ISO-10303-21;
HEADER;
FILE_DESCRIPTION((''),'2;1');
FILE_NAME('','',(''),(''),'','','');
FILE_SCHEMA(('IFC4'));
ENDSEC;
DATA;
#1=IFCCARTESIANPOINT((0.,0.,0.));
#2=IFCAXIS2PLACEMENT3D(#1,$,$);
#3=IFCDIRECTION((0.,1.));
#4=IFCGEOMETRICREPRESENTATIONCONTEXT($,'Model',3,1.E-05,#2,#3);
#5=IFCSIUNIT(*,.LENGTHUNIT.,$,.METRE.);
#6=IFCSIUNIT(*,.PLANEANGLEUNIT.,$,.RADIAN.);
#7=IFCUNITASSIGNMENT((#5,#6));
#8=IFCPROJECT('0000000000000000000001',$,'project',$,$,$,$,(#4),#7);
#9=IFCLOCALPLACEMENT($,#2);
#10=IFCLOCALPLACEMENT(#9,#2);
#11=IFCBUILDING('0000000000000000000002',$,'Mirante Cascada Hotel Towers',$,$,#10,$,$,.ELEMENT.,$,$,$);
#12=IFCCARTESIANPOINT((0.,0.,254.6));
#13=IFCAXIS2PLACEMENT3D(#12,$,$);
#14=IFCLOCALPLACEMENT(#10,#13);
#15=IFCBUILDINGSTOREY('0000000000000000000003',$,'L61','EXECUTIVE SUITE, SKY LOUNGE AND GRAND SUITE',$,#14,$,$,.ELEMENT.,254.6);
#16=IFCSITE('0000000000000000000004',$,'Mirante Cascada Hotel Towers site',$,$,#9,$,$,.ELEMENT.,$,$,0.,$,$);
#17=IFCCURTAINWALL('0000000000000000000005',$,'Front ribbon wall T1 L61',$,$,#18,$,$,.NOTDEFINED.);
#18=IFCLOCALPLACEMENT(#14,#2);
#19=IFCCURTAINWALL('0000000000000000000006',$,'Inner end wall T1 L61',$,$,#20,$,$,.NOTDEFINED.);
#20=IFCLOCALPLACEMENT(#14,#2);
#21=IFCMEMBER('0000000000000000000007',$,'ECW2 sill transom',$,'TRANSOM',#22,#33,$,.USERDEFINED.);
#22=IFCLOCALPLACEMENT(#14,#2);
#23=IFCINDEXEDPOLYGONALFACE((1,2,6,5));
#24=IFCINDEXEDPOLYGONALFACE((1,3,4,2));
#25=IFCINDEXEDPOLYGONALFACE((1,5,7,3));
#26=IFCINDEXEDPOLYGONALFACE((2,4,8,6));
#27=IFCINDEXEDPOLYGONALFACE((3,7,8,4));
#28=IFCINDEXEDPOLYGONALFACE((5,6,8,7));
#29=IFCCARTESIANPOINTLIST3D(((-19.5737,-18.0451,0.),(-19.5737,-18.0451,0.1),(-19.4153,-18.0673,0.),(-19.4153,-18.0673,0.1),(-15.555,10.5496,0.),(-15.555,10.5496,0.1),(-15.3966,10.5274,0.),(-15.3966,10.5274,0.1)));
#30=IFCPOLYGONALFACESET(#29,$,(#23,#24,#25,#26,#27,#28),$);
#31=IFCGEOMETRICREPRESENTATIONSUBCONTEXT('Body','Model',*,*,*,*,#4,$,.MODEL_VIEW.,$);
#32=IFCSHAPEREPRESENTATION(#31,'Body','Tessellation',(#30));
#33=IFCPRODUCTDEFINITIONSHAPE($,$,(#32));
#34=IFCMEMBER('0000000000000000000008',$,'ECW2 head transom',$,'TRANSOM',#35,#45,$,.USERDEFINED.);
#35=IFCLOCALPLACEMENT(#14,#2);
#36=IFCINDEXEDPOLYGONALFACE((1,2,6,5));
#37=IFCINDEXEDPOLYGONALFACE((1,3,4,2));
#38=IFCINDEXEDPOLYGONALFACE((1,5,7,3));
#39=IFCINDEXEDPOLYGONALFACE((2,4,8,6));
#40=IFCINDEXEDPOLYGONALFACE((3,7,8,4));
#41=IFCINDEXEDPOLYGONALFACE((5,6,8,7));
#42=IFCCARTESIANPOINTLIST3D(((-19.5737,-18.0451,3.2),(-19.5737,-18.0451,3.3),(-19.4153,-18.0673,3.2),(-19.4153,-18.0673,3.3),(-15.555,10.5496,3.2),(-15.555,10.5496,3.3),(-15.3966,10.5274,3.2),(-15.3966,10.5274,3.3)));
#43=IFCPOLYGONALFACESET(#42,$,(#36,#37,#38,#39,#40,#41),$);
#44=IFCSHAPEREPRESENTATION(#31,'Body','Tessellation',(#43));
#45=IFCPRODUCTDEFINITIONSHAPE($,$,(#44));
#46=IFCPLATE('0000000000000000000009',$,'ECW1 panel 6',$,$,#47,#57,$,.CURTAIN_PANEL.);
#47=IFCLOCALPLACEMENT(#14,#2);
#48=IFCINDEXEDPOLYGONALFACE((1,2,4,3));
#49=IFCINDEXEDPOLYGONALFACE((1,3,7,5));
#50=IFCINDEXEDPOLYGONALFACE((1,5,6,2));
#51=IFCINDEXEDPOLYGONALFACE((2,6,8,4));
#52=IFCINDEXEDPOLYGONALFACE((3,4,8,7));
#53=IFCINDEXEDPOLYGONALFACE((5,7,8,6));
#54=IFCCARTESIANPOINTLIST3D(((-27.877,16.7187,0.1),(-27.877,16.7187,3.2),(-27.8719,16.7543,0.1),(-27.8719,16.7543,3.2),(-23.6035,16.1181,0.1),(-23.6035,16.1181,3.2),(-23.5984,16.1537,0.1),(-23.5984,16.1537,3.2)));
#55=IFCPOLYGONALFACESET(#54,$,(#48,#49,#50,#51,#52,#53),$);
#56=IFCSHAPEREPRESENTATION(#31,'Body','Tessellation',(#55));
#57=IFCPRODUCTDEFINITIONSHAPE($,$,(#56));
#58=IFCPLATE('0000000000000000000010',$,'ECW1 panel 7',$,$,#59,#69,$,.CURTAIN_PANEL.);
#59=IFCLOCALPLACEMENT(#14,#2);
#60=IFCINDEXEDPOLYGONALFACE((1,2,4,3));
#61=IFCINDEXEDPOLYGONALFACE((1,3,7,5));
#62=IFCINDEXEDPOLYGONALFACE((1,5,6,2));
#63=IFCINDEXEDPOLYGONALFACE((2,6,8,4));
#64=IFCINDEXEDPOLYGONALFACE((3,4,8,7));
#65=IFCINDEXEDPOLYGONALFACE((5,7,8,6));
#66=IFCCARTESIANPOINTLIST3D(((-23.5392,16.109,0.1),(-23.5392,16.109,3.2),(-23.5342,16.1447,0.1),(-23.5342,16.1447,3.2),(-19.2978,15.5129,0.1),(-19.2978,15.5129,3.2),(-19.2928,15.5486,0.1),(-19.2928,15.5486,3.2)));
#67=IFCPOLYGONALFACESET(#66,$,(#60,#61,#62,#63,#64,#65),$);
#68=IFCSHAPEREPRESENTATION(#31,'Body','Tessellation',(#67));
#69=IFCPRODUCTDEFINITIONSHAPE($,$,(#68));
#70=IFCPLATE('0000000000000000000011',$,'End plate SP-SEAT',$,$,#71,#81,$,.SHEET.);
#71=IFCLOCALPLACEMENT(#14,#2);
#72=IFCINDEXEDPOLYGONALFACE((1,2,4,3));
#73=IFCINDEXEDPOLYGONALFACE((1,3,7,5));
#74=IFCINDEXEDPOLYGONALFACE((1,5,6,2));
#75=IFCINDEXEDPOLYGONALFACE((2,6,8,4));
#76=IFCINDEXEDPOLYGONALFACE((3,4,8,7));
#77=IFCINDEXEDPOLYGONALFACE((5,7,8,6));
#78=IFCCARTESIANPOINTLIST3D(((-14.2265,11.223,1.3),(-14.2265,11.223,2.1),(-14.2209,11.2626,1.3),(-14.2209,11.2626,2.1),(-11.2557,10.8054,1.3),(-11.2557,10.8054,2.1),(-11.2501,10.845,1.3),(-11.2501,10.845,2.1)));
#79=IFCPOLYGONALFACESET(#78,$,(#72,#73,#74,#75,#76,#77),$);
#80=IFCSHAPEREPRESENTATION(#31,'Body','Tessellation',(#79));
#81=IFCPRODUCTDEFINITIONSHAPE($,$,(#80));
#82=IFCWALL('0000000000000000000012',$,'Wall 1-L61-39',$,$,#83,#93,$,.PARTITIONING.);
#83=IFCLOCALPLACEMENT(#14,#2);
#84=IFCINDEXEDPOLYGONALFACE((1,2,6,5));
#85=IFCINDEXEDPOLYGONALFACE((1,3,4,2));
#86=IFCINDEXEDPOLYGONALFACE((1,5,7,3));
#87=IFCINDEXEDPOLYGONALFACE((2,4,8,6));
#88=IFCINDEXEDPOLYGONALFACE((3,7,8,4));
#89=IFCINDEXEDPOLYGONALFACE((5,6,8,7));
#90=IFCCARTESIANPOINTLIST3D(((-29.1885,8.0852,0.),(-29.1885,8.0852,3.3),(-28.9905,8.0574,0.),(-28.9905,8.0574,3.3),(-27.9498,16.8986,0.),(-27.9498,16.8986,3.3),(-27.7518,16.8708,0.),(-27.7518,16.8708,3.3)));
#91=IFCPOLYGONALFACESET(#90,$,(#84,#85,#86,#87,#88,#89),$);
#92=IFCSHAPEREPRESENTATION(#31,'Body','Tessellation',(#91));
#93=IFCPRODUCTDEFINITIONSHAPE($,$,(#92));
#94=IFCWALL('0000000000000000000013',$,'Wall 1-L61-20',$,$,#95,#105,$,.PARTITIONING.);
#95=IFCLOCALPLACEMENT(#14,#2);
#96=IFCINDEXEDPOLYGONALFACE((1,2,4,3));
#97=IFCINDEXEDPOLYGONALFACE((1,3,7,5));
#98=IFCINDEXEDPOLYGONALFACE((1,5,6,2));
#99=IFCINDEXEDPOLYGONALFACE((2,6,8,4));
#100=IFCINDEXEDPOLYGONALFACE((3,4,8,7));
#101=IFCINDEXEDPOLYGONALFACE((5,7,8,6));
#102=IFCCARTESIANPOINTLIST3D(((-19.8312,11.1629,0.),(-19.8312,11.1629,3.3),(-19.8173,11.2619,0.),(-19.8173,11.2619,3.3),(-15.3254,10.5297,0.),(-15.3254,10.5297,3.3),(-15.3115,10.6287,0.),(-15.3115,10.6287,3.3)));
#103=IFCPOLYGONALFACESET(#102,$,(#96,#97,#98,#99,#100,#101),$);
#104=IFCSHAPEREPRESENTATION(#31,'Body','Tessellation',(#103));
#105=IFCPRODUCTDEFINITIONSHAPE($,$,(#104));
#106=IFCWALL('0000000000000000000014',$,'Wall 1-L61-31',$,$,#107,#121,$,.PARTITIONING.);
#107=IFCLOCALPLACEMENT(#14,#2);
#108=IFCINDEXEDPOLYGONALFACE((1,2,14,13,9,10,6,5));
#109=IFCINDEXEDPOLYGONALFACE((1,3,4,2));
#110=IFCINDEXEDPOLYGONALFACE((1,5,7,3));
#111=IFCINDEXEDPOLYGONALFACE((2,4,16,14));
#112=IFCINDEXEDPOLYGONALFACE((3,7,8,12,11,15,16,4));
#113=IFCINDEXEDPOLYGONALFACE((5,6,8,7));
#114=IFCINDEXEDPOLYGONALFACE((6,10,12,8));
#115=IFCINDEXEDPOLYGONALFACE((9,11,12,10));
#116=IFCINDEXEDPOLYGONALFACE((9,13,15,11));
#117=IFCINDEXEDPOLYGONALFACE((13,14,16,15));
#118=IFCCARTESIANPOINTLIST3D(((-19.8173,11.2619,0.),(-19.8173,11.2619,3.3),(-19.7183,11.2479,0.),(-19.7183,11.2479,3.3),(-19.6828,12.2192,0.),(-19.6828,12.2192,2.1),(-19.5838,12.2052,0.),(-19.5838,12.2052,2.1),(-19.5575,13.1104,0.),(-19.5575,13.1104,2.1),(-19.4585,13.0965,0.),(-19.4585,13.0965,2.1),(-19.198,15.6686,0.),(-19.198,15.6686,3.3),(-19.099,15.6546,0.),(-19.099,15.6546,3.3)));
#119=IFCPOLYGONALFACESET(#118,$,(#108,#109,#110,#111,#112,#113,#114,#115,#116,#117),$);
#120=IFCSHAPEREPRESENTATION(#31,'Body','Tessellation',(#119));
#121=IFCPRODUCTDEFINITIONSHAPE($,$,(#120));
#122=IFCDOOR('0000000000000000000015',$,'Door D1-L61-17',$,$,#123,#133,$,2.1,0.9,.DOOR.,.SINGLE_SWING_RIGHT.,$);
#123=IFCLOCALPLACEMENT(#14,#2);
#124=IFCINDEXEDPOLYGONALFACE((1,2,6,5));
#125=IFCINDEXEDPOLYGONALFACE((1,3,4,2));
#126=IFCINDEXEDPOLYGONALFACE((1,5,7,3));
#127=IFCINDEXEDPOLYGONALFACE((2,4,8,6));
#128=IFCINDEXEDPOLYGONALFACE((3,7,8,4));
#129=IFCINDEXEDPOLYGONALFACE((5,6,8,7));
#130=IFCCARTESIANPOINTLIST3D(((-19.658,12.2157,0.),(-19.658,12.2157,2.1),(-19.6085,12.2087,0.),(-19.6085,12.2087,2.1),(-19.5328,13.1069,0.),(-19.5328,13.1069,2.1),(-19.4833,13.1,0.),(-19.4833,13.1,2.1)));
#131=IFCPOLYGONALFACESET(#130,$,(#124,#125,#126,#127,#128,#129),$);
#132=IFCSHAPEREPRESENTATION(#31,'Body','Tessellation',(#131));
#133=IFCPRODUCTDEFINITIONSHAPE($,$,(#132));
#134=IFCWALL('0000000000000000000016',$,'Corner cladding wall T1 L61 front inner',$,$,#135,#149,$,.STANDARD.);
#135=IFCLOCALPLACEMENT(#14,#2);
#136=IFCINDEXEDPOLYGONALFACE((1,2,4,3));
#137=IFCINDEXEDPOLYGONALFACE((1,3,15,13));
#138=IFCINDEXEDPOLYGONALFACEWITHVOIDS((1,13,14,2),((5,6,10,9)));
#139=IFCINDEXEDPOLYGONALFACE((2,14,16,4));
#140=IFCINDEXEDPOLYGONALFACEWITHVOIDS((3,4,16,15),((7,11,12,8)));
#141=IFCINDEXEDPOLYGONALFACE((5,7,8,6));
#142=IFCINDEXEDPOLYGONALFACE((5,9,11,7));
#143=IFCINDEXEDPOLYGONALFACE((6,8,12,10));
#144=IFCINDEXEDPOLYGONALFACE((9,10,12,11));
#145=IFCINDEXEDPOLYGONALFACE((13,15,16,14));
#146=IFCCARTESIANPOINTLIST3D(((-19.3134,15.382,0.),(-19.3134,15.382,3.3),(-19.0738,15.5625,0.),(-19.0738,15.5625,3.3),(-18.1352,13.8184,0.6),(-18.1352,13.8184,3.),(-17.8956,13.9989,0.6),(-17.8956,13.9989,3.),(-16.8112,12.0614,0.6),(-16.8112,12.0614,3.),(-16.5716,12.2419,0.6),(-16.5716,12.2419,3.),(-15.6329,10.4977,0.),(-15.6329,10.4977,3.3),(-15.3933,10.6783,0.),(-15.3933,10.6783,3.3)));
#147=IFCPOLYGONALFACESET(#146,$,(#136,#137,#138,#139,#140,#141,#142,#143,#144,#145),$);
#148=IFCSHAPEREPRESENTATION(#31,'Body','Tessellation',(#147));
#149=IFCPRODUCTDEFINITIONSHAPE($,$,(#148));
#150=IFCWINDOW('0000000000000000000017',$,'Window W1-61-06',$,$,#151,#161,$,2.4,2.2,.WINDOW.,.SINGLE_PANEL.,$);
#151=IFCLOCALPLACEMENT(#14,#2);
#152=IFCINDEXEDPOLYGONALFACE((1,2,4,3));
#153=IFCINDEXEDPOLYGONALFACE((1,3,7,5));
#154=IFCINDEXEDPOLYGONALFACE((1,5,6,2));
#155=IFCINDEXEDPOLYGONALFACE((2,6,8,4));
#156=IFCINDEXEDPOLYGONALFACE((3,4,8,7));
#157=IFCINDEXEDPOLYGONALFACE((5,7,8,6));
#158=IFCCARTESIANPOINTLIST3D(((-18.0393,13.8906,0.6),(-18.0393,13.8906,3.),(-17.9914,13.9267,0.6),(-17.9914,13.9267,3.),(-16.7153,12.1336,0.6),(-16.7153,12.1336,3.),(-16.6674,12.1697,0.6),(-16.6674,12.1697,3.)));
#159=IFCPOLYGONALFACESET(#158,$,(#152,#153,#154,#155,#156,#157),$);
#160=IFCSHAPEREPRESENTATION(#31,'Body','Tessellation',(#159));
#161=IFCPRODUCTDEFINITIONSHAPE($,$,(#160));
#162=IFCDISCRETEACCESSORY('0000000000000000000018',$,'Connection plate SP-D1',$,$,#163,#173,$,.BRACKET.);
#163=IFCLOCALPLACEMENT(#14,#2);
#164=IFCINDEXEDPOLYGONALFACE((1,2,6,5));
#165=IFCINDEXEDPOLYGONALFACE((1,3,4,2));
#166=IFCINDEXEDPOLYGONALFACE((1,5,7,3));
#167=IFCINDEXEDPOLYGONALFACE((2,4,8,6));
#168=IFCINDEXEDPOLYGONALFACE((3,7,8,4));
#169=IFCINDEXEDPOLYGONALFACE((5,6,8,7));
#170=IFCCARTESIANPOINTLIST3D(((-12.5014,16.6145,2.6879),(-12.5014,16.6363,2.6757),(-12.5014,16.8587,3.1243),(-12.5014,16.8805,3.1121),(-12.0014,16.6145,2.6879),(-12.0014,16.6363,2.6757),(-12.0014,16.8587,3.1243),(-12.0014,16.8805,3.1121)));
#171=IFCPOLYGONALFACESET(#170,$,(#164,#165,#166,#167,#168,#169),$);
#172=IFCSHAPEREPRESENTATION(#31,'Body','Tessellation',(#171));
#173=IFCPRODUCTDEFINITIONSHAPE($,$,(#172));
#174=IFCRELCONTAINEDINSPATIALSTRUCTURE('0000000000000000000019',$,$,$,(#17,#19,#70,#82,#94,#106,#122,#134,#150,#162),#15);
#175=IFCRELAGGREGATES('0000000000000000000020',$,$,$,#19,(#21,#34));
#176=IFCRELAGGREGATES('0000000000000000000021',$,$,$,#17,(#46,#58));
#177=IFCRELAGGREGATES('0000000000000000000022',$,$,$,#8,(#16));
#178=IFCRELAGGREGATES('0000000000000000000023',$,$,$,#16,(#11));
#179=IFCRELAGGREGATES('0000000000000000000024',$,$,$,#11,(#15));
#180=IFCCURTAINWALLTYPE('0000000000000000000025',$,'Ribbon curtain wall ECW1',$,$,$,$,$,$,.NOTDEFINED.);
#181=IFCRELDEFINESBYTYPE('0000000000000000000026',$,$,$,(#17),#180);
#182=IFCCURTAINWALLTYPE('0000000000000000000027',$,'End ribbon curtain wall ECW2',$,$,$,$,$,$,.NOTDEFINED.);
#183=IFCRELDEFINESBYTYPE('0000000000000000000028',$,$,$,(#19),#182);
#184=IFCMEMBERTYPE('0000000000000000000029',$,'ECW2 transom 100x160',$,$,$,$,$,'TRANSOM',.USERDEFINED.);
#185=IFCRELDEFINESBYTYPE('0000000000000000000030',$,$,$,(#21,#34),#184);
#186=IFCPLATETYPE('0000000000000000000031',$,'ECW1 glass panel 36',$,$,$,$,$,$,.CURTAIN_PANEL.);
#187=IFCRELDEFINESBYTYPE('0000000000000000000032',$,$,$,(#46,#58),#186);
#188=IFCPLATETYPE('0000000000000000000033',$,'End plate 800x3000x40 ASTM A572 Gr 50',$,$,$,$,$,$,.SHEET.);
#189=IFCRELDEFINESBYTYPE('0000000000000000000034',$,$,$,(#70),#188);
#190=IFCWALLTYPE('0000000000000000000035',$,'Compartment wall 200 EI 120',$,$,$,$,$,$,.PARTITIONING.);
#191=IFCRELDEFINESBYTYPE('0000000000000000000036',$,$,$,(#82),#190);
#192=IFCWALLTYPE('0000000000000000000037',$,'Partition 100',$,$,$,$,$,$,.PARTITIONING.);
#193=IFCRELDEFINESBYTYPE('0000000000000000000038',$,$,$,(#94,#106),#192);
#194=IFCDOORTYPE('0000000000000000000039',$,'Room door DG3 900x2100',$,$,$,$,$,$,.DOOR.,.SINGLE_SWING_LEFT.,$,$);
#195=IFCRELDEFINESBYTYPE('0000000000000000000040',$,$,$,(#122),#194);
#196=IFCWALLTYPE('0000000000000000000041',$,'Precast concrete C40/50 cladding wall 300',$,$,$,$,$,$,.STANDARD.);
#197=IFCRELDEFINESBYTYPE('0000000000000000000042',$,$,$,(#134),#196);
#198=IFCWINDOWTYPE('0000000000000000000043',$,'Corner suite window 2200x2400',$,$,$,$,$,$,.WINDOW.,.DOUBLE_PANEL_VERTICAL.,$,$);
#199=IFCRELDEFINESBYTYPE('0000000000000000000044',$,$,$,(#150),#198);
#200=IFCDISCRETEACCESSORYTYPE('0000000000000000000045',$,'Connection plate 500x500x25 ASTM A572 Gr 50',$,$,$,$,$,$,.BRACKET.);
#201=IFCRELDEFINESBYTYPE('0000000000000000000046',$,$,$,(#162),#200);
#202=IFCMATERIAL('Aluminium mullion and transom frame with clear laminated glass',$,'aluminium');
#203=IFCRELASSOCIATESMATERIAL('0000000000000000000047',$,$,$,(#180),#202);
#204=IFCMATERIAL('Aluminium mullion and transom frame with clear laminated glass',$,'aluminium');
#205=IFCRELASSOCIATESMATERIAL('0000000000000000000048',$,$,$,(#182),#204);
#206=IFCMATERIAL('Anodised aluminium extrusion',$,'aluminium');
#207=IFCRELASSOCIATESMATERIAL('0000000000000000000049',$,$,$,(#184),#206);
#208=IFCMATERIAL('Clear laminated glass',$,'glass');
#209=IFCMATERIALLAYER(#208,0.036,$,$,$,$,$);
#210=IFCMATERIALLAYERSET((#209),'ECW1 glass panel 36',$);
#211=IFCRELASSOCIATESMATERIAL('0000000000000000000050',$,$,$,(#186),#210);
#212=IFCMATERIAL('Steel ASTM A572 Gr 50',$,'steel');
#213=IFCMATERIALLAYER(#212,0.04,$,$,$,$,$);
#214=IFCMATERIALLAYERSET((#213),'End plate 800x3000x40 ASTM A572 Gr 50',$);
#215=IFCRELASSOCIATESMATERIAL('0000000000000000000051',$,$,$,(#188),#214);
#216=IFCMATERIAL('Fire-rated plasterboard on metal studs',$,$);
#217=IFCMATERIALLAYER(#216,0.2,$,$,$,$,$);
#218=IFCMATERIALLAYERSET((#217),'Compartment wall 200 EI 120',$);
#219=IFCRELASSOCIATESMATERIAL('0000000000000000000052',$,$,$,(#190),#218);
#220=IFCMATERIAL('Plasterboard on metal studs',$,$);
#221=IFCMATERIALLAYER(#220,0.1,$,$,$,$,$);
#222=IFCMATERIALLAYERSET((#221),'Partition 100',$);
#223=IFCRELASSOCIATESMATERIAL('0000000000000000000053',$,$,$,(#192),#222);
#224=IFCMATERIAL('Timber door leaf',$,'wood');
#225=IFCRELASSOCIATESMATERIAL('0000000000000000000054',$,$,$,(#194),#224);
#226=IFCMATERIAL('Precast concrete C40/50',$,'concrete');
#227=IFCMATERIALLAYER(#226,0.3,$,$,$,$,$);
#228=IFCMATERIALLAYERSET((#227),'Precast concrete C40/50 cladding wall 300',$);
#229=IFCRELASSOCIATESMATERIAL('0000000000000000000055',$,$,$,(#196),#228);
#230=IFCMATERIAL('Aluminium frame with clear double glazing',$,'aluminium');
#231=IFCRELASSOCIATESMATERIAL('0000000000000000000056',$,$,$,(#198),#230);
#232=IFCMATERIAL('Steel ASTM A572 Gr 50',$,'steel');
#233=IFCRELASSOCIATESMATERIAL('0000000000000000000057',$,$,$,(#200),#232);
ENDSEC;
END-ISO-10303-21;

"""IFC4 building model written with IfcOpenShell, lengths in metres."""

from ifc_helpers import new_model, si_unit, direction, frame, frame_2d, origin, origin_2d, place, context, subcontext, project, spatial, rectangle, extrude, material, layer, layer_set, material_profile, profile_set, type_object, element, fill, aggregate, save


model = new_model("IFC4")

# Units and contexts
model_context = context("Model", 3, precision=1e-05, world=origin(), true_north=direction((0.0, 1.0)))
body_context = subcontext(model_context, "Body", "Model", "MODEL_VIEW")
ifc_project = project(units=[si_unit("LENGTHUNIT", "METRE"), si_unit("PLANEANGLEUNIT", "RADIAN")], contexts=[model_context])

# Site, building, storey
site_placement = place(None, origin())
site = spatial("IfcSite", under=ifc_project, at=site_placement, Name="Mirante Cascada Hotel Towers site", CompositionType="ELEMENT", RefElevation=0.0)
building_placement = place(site_placement, origin())
building = spatial("IfcBuilding", under=site, at=building_placement, Name="Mirante Cascada Hotel Towers", CompositionType="ELEMENT")
storey_placement = place(building_placement, frame((0.0, 0.0, 254.6)))
storey = spatial("IfcBuildingStorey", under=building, at=storey_placement, Name="L61", Description="EXECUTIVE SUITE, SKY LOUNGE AND GRAND SUITE", CompositionType="ELEMENT", Elevation=254.6)

# Curtain walls, members
ifc_material_1 = material(Name="Aluminium mullion and transom frame with clear laminated glass", Category="aluminium")
curtain_wall_type_1 = type_object("IfcCurtainWallType", Name="Ribbon curtain wall ECW1", PredefinedType="NOTDEFINED", material=ifc_material_1)
curtain_wall_1_placement = place(storey_placement, origin())
curtain_wall_1 = element("IfcCurtainWall", 1, at=curtain_wall_1_placement, inside=storey, type_object=curtain_wall_type_1, Name="Front ribbon wall T1 L61", PredefinedType="NOTDEFINED")
ifc_material_2 = material(Name="Aluminium mullion and transom frame with clear laminated glass", Category="aluminium")
curtain_wall_type_2 = type_object("IfcCurtainWallType", Name="End ribbon curtain wall ECW2", PredefinedType="NOTDEFINED", material=ifc_material_2)
curtain_wall_2_placement = place(storey_placement, origin())
curtain_wall_2 = element("IfcCurtainWall", 2, at=curtain_wall_2_placement, inside=storey, type_object=curtain_wall_type_2, Name="Inner end wall T1 L61", PredefinedType="NOTDEFINED")
ifc_material_3 = material(Name="Anodised aluminium extrusion", Category="aluminium")
ifc_material_profile_1 = material_profile(ifc_material_3, rectangle(XDim=0.16, YDim=0.1, at=origin_2d()), Name="ECW2 TRANSOM 100x160")
ifc_profile_set_1 = profile_set([ifc_material_profile_1], Name="Anodised aluminium extrusion")
member_type_1 = type_object("IfcMemberType", Name="ECW2 transom 100x160", ElementType="TRANSOM", PredefinedType="USERDEFINED", material=ifc_profile_set_1)
member_1_placement = place(storey_placement, frame((-15.4758, 10.5385, 0.05), z_axis=(-0.139172, -0.990268, 0.0), x_axis=(0.990268, -0.139172, 0.0)))
member_1 = element("IfcMember", 3, at=member_1_placement, type_object=member_type_1, Name="ECW2 sill transom", ObjectType="TRANSOM", PredefinedType="USERDEFINED", context=body_context, shape_type="SweptSolid", body=[
    extrude(rectangle(XDim=0.16, YDim=0.1, at=origin_2d()), origin(), (0.0, 0.0, 1.0), 28.8757),
])
member_2_placement = place(storey_placement, frame((-15.4758, 10.5385, 3.25), z_axis=(-0.139172, -0.990268, 0.0), x_axis=(0.990268, -0.139172, 0.0)))
member_2 = element("IfcMember", 4, at=member_2_placement, type_object=member_type_1, Name="ECW2 head transom", ObjectType="TRANSOM", PredefinedType="USERDEFINED", context=body_context, shape_type="SweptSolid", body=[
    extrude(rectangle(XDim=0.16, YDim=0.1, at=origin_2d()), origin(), (0.0, 0.0, 1.0), 28.8757),
])
aggregate(curtain_wall_2, [member_1, member_2])

# Plates
ifc_material_4 = material(Name="Clear laminated glass", Category="glass")
ifc_layer_1 = layer(ifc_material_4, 0.036)
ifc_layer_set_1 = layer_set([ifc_layer_1], Name="ECW1 glass panel 36")
plate_type_1 = type_object("IfcPlateType", Name="ECW1 glass panel 36", PredefinedType="CURTAIN_PANEL", material=ifc_layer_set_1)
plate_1_placement = place(storey_placement, frame((-25.7377, 16.4362, 0.1), z_axis=(0.0, 0.0, 1.0), x_axis=(0.990268, -0.139173, 0.0)))
plate_1 = element("IfcPlate", 5, at=plate_1_placement, type_object=plate_type_1, Name="ECW1 panel 6", PredefinedType="CURTAIN_PANEL", context=body_context, shape_type="SweptSolid", body=[
    extrude(rectangle(XDim=4.3155, YDim=0.036, at=origin_2d()), origin(), (0.0, 0.0, 1.0), 3.1),
])
plate_2_placement = place(storey_placement, frame((-21.416, 15.8288, 0.1), z_axis=(0.0, 0.0, 1.0), x_axis=(0.990268, -0.139173, 0.0)))
plate_2 = element("IfcPlate", 6, at=plate_2_placement, type_object=plate_type_1, Name="ECW1 panel 7", PredefinedType="CURTAIN_PANEL", context=body_context, shape_type="SweptSolid", body=[
    extrude(rectangle(XDim=4.283, YDim=0.036, at=origin_2d()), origin(), (0.0, 0.0, 1.0), 3.1),
])
aggregate(curtain_wall_1, [plate_1, plate_2])
ifc_material_5 = material(Name="Steel ASTM A572 Gr 50", Category="steel")
ifc_layer_2 = layer(ifc_material_5, 0.04)
ifc_layer_set_2 = layer_set([ifc_layer_2], Name="End plate 800x3000x40 ASTM A572 Gr 50")
plate_type_2 = type_object("IfcPlateType", Name="End plate 800x3000x40 ASTM A572 Gr 50", PredefinedType="SHEET", material=ifc_layer_set_2)
plate_3_placement = place(storey_placement, frame((-12.7383, 11.034, 1.3), z_axis=(0.0, 0.0, 1.0), x_axis=(0.139173, 0.990268, 0.0)))
element("IfcPlate", 7, at=plate_3_placement, inside=storey, type_object=plate_type_2, Name="End plate SP-SEAT", PredefinedType="SHEET", context=body_context, shape_type="SweptSolid", body=[
    extrude(rectangle(XDim=0.04, YDim=3.0, at=origin_2d()), origin(), (0.0, 0.0, 1.0), 0.8),
])

# Walls
ifc_material_6 = material(Name="Fire-rated plasterboard on metal studs")
ifc_layer_3 = layer(ifc_material_6, 0.2)
ifc_layer_set_3 = layer_set([ifc_layer_3], Name="Compartment wall 200 EI 120")
wall_type_1 = type_object("IfcWallType", Name="Compartment wall 200 EI 120", PredefinedType="PARTITIONING", material=ifc_layer_set_3)
wall_1_placement = place(storey_placement, frame((-27.8508, 16.8847, 0.0), z_axis=(0.0, 0.0, 1.0), x_axis=(-0.139179, -0.990267, 0.0)))
element("IfcWall", 8, at=wall_1_placement, inside=storey, type_object=wall_type_1, Name="Wall 1-L61-39", PredefinedType="PARTITIONING", context=body_context, shape_type="SweptSolid", body=[
    extrude(rectangle(XDim=8.9, YDim=0.2, at=frame_2d((4.45, 0.0))), origin(), (0.0, 0.0, 1.0), 3.3),
])
ifc_material_7 = material(Name="Plasterboard on metal studs")
ifc_layer_4 = layer(ifc_material_7, 0.1)
ifc_layer_set_4 = layer_set([ifc_layer_4], Name="Partition 100")
wall_type_2 = type_object("IfcWallType", Name="Partition 100", PredefinedType="PARTITIONING", material=ifc_layer_set_4)
wall_2_placement = place(storey_placement, frame((-15.3185, 10.5792, 0.0), z_axis=(0.0, 0.0, 1.0), x_axis=(-0.99027, 0.139163, 0.0)))
element("IfcWall", 9, at=wall_2_placement, inside=storey, type_object=wall_type_2, Name="Wall 1-L61-20", PredefinedType="PARTITIONING", context=body_context, shape_type="SweptSolid", body=[
    extrude(rectangle(XDim=4.5501, YDim=0.1, at=frame_2d((2.275, 0.0))), origin(), (0.0, 0.0, 1.0), 3.3),
])

# Wall, opening, door
wall_3_placement = place(storey_placement, frame((-19.1485, 15.6616, 0.0), z_axis=(0.0, 0.0, 1.0), x_axis=(-0.139168, -0.990269, 0.0)))
wall_3 = element("IfcWall", 10, at=wall_3_placement, inside=storey, type_object=wall_type_2, Name="Wall 1-L61-31", PredefinedType="PARTITIONING", context=body_context, shape_type="SweptSolid", body=[
    extrude(rectangle(XDim=4.45, YDim=0.1, at=frame_2d((2.225, 0.0))), origin(), (0.0, 0.0, 1.0), 3.3),
])
opening_1_placement = place(wall_3_placement, frame((2.5833, 0.0, 0.0)))
opening_1 = element("IfcOpeningElement", 11, at=opening_1_placement, cuts=wall_3, PredefinedType="OPENING", context=body_context, shape_type="SweptSolid", body=[
    extrude(rectangle(XDim=0.9, YDim=2.1, at=frame_2d((0.45, 1.05))), frame((0.0, 0.05, 0.0), z_axis=(0.0, -1.0, 0.0), x_axis=(1.0, 0.0, 0.0)), (0.0, 0.0, 1.0), 0.1),
])
ifc_material_8 = material(Name="Timber door leaf", Category="wood")
door_type = type_object("IfcDoorType", Name="Room door DG3 900x2100", OperationType="SINGLE_SWING_LEFT", PredefinedType="DOOR", material=ifc_material_8)
door_placement = place(opening_1_placement, frame((0.9, 0.0, 0.0), z_axis=(0.0, 0.0, 1.0), x_axis=(-1.0, 0.0, 0.0)))
door = element("IfcDoor", 12, at=door_placement, inside=storey, type_object=door_type, Name="Door D1-L61-17", OperationType="SINGLE_SWING_RIGHT", OverallHeight=2.1, OverallWidth=0.9, PredefinedType="DOOR", context=body_context, shape_type="SweptSolid", body=[
    extrude(rectangle(XDim=0.9, YDim=2.1, at=frame_2d((0.45, 1.05))), frame((0.0, 0.025, 0.0), z_axis=(0.0, -1.0, 0.0), x_axis=(1.0, 0.0, 0.0)), (0.0, 0.0, 1.0), 0.05),
])
fill(opening_1, door)

# Wall, opening, window
ifc_material_9 = material(Name="Precast concrete C40/50", Category="concrete")
ifc_layer_5 = layer(ifc_material_9, 0.3)
ifc_layer_set_5 = layer_set([ifc_layer_5], Name="Precast concrete C40/50 cladding wall 300")
wall_type_3 = type_object("IfcWallType", Name="Precast concrete C40/50 cladding wall 300", PredefinedType="STANDARD", material=ifc_layer_set_5)
wall_4_placement = place(storey_placement, frame((-19.1936, 15.4722, 0.0), z_axis=(0.0, 0.0, 1.0), x_axis=(0.601814, -0.798636, 0.0)))
wall_4 = element("IfcWall", 13, at=wall_4_placement, inside=storey, type_object=wall_type_3, Name="Corner cladding wall T1 L61 front inner", PredefinedType="STANDARD", context=body_context, shape_type="SweptSolid", body=[
    extrude(rectangle(XDim=6.1157, YDim=0.3, at=frame_2d((3.0578, 0.0))), origin(), (0.0, 0.0, 1.0), 3.3),
])
opening_2_placement = place(wall_4_placement, frame((1.9578, 0.0, 0.6)))
opening_2 = element("IfcOpeningElement", 14, at=opening_2_placement, cuts=wall_4, PredefinedType="OPENING", context=body_context, shape_type="SweptSolid", body=[
    extrude(rectangle(XDim=2.2, YDim=2.4, at=frame_2d((1.1, 1.2))), frame((0.0, 0.15, 0.0), z_axis=(0.0, -1.0, 0.0), x_axis=(1.0, 0.0, 0.0)), (0.0, 0.0, 1.0), 0.3),
])
ifc_material_10 = material(Name="Aluminium frame with clear double glazing", Category="aluminium")
window_type = type_object("IfcWindowType", Name="Corner suite window 2200x2400", PartitioningType="DOUBLE_PANEL_VERTICAL", PredefinedType="WINDOW", material=ifc_material_10)
window_placement = place(opening_2_placement, origin())
window = element("IfcWindow", 15, at=window_placement, inside=storey, type_object=window_type, Name="Window W1-61-06", OverallHeight=2.4, OverallWidth=2.2, PartitioningType="SINGLE_PANEL", PredefinedType="WINDOW", context=body_context, shape_type="SweptSolid", body=[
    extrude(rectangle(XDim=2.2, YDim=2.4, at=frame_2d((1.1, 1.2))), frame((0.0, 0.03, 0.0), z_axis=(0.0, -1.0, 0.0), x_axis=(1.0, 0.0, 0.0)), (0.0, 0.0, 1.0), 0.06),
])
fill(opening_2, window)

# Discrete accessory
ifc_material_11 = material(Name="Steel ASTM A572 Gr 50", Category="steel")
ifc_material_profile_2 = material_profile(ifc_material_11, rectangle(XDim=0.5, YDim=0.5, at=origin_2d()), Name="Connection plate 500x500x25 ASTM A572 Gr 50")
ifc_profile_set_2 = profile_set([ifc_material_profile_2], Name="Steel ASTM A572 Gr 50")
discrete_accessory_type_1 = type_object("IfcDiscreteAccessoryType", Name="Connection plate 500x500x25 ASTM A572 Gr 50", PredefinedType="BRACKET", material=ifc_profile_set_2)
for number, where, z_axis, x_axis, name in (
    (16, (-12.2514, 16.7584, 2.8939), (0.0, -0.872642, 0.48836), (1.0, 0.0, 0.0), "Connection plate SP-D1"),
):
    element("IfcDiscreteAccessory", number, at=place(storey_placement, frame(where, z_axis=z_axis, x_axis=x_axis)), inside=storey, type_object=discrete_accessory_type_1, Name=name, PredefinedType="BRACKET", context=body_context, shape_type="SweptSolid", body=[
        extrude(rectangle(XDim=0.5, YDim=0.5, at=origin_2d()), origin(), (0.0, 0.0, 1.0), 0.025),
    ])

save(model, "model.ifc")
